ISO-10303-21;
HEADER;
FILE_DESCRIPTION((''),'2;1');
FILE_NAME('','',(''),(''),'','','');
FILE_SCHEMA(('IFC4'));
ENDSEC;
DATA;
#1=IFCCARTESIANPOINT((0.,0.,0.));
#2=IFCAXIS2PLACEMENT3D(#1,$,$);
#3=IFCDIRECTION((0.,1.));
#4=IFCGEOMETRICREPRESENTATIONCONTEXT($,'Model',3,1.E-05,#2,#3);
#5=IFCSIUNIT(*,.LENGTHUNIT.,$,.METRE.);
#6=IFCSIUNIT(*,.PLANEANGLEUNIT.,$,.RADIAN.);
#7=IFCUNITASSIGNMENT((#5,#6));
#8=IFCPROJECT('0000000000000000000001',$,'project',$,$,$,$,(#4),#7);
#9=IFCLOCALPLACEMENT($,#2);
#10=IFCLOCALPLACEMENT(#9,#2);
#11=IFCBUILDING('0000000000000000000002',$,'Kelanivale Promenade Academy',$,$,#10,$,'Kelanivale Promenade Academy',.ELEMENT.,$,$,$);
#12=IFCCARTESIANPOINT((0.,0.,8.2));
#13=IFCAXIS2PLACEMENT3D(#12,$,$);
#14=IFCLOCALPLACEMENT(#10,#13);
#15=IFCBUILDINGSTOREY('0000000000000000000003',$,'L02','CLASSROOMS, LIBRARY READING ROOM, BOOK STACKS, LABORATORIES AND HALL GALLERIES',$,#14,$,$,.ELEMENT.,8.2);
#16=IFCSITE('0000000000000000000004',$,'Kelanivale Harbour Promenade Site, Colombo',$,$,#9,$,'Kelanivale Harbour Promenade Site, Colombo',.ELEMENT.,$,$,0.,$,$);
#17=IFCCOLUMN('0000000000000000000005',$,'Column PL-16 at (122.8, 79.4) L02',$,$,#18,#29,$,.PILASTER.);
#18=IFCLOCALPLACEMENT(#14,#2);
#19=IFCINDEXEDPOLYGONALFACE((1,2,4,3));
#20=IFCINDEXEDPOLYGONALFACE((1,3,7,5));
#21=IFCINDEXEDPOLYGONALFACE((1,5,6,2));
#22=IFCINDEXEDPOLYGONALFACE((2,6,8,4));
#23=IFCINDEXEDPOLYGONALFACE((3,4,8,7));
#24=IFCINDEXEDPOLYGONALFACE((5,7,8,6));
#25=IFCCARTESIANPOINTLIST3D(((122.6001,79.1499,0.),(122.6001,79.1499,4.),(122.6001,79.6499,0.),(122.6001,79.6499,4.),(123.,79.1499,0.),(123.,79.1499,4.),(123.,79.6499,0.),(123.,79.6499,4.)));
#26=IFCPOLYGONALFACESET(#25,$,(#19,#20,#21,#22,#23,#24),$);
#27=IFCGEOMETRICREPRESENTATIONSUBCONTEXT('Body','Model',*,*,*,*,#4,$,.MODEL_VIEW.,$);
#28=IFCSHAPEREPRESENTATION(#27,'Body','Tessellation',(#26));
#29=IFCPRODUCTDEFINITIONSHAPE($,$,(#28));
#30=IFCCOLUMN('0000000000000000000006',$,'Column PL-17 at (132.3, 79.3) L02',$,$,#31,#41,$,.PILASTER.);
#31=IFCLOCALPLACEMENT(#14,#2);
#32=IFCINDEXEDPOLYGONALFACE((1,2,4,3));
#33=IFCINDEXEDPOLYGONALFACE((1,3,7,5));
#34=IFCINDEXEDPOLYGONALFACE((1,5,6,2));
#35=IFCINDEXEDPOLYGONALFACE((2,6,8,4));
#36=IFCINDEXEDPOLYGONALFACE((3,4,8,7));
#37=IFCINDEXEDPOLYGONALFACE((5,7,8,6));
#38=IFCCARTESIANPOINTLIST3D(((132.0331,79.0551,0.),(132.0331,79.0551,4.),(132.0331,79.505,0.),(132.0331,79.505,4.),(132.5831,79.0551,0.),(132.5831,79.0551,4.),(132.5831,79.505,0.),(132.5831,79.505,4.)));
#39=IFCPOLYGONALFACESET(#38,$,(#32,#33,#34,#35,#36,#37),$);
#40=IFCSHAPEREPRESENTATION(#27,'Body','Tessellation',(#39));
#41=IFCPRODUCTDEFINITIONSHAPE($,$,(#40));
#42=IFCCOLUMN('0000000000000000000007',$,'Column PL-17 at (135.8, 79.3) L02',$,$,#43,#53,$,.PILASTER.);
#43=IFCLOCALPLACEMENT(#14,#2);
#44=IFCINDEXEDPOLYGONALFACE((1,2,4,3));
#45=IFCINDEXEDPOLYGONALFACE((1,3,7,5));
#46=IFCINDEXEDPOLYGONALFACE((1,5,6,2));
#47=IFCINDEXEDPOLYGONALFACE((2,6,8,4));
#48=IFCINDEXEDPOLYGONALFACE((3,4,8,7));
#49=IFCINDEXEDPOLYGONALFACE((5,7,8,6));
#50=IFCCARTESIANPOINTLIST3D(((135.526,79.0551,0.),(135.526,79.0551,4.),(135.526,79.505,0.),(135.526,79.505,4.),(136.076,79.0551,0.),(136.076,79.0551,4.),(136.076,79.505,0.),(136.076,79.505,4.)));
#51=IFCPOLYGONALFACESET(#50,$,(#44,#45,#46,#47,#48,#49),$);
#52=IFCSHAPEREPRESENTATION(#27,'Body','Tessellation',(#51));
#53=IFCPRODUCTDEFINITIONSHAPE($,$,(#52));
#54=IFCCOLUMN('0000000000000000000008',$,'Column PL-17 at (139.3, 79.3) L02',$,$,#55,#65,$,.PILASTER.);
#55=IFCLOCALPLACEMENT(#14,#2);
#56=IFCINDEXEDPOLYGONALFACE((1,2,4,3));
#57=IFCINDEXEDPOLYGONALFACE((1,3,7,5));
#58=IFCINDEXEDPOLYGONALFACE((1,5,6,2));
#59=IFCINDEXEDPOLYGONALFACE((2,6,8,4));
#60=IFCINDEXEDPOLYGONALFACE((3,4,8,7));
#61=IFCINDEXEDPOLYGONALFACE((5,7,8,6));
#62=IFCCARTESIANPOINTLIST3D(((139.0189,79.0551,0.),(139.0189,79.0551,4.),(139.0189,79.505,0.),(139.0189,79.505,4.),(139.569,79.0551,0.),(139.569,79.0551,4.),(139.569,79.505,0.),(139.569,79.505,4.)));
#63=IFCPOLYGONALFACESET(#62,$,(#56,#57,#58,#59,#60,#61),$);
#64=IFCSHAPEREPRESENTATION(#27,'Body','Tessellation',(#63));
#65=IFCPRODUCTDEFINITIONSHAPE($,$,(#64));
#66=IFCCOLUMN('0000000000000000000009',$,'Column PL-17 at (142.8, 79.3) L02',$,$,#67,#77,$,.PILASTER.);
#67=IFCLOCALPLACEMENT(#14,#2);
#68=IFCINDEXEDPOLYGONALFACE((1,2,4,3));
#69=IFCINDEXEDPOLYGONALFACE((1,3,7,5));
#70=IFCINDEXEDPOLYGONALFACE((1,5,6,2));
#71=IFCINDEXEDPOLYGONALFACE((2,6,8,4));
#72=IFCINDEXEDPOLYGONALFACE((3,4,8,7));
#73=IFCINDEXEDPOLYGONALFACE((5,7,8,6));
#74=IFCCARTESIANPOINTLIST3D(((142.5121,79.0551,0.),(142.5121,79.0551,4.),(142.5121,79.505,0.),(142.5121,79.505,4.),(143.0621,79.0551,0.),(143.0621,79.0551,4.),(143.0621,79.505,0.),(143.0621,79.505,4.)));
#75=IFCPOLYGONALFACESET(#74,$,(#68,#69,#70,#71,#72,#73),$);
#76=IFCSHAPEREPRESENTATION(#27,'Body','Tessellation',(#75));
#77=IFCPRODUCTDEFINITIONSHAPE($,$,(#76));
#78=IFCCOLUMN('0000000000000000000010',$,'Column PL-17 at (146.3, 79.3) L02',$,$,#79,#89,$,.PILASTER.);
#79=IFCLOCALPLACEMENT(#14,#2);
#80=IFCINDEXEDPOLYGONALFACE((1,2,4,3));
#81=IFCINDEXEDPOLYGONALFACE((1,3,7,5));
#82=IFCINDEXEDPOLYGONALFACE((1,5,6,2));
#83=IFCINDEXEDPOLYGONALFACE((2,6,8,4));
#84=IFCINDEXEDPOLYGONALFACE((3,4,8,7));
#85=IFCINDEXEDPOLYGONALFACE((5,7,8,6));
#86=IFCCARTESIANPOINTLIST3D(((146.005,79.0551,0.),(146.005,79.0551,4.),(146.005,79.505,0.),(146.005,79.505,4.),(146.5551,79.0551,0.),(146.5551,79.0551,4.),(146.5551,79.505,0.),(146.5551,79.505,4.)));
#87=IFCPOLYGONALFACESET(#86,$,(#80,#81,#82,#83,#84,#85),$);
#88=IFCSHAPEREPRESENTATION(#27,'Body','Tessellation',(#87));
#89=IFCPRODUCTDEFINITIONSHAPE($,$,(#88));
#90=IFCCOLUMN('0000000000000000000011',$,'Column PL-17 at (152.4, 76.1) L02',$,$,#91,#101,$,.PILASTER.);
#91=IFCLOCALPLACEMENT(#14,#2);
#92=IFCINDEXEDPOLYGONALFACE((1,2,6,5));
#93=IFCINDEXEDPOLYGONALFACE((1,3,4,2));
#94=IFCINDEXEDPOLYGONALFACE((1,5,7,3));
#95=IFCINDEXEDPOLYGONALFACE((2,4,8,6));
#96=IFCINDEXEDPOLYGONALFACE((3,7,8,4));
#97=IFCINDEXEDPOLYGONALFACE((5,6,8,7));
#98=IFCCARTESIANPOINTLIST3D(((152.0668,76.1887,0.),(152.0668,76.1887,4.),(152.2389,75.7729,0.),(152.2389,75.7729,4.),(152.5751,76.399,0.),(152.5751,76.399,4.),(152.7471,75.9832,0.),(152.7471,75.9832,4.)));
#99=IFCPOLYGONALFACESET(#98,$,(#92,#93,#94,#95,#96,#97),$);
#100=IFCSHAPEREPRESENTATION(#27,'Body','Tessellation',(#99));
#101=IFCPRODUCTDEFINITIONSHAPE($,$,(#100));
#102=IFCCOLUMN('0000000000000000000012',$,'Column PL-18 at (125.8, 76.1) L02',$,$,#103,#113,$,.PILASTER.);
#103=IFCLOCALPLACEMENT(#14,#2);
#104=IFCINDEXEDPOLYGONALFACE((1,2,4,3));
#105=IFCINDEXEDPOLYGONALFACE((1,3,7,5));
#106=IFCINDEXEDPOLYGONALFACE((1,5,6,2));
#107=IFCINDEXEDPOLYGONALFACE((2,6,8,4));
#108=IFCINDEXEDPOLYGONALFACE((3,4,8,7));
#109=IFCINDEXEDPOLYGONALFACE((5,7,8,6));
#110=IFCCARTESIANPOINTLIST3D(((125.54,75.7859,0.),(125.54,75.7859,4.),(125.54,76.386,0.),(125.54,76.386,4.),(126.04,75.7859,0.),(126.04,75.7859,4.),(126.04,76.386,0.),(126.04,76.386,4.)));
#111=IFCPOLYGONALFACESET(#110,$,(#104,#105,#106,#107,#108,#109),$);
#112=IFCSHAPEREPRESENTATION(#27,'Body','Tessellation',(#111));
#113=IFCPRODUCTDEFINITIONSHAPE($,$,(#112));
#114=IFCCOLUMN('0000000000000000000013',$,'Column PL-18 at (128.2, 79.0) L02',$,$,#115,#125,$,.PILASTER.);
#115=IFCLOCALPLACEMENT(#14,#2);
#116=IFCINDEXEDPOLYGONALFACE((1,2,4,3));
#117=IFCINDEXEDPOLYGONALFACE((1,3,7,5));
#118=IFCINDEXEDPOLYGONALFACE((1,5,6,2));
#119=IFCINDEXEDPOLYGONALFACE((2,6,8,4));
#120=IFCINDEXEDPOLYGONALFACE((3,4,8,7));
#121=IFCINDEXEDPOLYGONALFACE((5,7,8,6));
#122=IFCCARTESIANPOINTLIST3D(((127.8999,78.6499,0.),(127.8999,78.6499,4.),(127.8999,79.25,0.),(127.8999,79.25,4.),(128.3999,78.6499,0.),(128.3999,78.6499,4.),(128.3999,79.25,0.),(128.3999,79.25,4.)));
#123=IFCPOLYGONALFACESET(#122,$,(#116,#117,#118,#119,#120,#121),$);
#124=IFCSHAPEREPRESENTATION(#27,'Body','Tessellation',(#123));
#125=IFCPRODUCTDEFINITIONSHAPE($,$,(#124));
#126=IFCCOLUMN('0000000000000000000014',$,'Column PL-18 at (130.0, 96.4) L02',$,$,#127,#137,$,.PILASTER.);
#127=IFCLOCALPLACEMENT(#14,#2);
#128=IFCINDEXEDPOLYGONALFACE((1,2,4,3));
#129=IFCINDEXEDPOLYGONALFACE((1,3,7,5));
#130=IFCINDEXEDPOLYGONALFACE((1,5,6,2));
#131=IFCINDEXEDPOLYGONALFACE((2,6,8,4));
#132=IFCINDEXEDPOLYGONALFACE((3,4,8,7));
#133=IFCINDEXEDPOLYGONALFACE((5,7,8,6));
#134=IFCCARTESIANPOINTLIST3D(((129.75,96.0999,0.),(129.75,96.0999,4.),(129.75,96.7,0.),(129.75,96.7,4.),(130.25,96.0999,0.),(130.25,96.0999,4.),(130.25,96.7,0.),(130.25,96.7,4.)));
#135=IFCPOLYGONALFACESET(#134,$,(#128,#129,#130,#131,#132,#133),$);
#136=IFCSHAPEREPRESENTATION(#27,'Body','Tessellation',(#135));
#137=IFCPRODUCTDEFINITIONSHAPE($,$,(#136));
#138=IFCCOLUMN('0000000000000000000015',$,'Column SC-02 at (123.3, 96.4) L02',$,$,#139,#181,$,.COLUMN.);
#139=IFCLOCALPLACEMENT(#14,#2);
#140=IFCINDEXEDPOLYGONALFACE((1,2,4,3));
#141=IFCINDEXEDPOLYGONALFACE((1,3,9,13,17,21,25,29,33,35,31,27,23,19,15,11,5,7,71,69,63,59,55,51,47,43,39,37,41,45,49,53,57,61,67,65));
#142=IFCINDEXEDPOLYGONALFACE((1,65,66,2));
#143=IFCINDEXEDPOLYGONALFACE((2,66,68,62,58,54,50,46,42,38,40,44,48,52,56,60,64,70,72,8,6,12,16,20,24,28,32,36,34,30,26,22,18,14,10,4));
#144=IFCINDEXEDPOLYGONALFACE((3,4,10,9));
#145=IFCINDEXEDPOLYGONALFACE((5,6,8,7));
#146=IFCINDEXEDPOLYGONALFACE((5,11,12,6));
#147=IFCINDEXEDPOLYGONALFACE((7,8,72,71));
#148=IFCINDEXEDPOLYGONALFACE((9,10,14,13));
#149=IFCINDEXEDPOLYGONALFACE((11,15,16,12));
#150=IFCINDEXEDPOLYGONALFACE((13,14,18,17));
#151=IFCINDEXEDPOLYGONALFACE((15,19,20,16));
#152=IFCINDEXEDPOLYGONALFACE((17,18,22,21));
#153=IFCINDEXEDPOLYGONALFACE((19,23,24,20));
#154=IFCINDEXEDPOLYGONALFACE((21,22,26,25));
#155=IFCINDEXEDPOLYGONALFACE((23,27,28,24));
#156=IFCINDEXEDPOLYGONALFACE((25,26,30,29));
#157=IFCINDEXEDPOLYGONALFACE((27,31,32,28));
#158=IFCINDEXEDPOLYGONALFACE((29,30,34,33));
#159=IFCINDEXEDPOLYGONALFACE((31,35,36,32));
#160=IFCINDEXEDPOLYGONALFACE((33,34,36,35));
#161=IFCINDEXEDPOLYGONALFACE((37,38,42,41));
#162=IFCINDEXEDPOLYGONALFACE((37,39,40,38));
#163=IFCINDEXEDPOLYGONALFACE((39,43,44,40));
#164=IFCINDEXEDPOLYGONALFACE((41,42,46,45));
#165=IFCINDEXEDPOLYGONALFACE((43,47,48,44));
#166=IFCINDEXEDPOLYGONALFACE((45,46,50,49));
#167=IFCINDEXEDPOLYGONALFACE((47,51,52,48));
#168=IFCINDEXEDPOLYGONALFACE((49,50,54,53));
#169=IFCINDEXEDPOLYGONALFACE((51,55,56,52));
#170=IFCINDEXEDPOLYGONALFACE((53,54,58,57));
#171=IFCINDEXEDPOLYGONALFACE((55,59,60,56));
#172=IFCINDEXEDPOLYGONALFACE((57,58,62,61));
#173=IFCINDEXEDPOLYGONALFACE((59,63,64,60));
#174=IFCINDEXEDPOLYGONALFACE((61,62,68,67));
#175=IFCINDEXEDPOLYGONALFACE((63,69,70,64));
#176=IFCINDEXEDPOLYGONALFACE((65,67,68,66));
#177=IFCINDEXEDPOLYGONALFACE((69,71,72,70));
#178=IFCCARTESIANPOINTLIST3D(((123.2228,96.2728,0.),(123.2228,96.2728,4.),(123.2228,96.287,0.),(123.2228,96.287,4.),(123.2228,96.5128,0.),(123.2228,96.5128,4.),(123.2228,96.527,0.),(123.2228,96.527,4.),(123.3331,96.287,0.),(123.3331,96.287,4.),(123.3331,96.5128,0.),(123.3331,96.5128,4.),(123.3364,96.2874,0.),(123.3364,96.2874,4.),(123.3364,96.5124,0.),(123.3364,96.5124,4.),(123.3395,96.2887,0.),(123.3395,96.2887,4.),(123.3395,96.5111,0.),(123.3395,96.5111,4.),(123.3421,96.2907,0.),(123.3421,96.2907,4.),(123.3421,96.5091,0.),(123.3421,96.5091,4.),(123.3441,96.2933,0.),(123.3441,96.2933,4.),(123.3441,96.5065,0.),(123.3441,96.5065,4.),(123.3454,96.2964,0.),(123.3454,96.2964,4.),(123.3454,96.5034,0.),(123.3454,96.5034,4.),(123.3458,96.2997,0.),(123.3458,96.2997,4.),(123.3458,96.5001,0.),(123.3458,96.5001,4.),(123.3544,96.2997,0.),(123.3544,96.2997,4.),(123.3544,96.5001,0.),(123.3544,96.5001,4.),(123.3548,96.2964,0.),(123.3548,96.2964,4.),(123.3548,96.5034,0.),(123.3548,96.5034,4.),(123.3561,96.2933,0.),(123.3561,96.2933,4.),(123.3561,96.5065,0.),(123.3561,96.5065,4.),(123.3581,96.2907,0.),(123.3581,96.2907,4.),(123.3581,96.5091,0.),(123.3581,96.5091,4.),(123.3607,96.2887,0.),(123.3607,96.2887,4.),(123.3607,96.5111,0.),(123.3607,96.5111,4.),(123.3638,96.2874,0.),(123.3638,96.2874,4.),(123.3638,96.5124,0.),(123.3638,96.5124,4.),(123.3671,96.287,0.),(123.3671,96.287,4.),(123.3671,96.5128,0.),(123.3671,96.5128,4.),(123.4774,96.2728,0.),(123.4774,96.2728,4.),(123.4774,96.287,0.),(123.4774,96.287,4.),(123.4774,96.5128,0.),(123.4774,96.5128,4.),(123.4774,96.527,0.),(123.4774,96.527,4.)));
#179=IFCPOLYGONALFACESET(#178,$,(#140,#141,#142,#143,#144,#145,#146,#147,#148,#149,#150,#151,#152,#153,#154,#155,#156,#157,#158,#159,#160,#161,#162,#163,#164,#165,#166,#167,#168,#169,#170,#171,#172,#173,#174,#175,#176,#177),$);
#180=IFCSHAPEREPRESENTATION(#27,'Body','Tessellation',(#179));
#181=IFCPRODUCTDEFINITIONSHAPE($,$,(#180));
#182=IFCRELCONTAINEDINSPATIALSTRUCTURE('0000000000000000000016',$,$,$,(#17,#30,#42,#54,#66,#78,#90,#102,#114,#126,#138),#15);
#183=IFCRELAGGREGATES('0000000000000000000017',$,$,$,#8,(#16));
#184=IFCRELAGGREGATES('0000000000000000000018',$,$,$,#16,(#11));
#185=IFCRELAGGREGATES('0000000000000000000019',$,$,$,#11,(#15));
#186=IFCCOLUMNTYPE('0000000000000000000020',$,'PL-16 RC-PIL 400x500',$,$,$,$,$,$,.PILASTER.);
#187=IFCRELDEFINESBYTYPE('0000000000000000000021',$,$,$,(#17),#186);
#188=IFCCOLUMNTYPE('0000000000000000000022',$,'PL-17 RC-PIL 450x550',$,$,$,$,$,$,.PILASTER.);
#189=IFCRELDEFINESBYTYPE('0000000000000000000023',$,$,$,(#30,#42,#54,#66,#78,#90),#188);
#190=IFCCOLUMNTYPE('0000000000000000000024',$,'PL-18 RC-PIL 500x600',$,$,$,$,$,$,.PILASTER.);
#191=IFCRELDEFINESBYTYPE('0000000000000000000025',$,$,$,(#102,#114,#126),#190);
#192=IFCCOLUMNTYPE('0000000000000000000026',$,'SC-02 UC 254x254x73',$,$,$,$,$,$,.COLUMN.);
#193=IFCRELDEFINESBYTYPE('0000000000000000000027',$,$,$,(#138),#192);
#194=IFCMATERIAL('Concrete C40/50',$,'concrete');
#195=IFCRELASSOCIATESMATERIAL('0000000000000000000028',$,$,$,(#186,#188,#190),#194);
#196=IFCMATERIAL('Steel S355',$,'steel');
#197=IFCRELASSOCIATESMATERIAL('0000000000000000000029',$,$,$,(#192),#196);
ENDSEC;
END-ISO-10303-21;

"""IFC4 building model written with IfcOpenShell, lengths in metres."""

from ifc_helpers import new_model, si_unit, direction, frame, origin, origin_2d, place, context, subcontext, project, spatial, rectangle, i_section, extrude, material, material_profile, profile_set, type_object, element, save


model = new_model("IFC4")

# Units and contexts
model_context = context("Model", 3, precision=1e-05, world=origin(), true_north=direction((0.0, 1.0)))
body_context = subcontext(model_context, "Body", "Model", "MODEL_VIEW")
ifc_project = project(units=[si_unit("LENGTHUNIT", "METRE"), si_unit("PLANEANGLEUNIT", "RADIAN")], contexts=[model_context])

# Site, building, storey
site_placement = place(None, origin())
site = spatial("IfcSite", under=ifc_project, at=site_placement, Name="Kelanivale Harbour Promenade Site, Colombo", LongName="Kelanivale Harbour Promenade Site, Colombo", CompositionType="ELEMENT", RefElevation=0.0)
building_placement = place(site_placement, origin())
building = spatial("IfcBuilding", under=site, at=building_placement, Name="Kelanivale Promenade Academy", LongName="Kelanivale Promenade Academy", CompositionType="ELEMENT")
storey_placement = place(building_placement, frame((0.0, 0.0, 8.2)))
storey = spatial("IfcBuildingStorey", under=building, at=storey_placement, Name="L02", Description="CLASSROOMS, LIBRARY READING ROOM, BOOK STACKS, LABORATORIES AND HALL GALLERIES", CompositionType="ELEMENT", Elevation=8.2)

# Columns
ifc_material_1 = material(Name="Concrete C40/50", Category="concrete")
ifc_material_profile_1 = material_profile(ifc_material_1, rectangle(XDim=0.3999, YDim=0.5, at=origin_2d()), Name="RC-PIL 400x500")
ifc_profile_set_1 = profile_set([ifc_material_profile_1], Name="Concrete C40/50")
column_type_1 = type_object("IfcColumnType", Name="PL-16 RC-PIL 400x500", PredefinedType="PILASTER", material=ifc_profile_set_1)
column_1_placement = place(storey_placement, frame((122.8, 79.3999, 0.0), z_axis=(0.0, 0.0, 1.0), x_axis=(1.0, 0.0, 0.0)))
element("IfcColumn", 1, at=column_1_placement, inside=storey, type_object=column_type_1, Name="Column PL-16 at (122.8, 79.4) L02", PredefinedType="PILASTER", context=body_context, shape_type="SweptSolid", body=[
    extrude(rectangle(XDim=0.3999, YDim=0.5, at=origin_2d()), origin(), (0.0, 0.0, 1.0), 4.0),
])
ifc_material_profile_2 = material_profile(ifc_material_1, rectangle(XDim=0.45, YDim=0.55, at=origin_2d()), Name="RC-PIL 450x550")
ifc_profile_set_2 = profile_set([ifc_material_profile_2], Name="Concrete C40/50")
column_type_2 = type_object("IfcColumnType", Name="PL-17 RC-PIL 450x550", PredefinedType="PILASTER", material=ifc_profile_set_2)
for number, where, z_axis, x_axis, name in (
    (2, (132.3081, 79.28, 0.0), (0.0, 0.0, 1.0), (0.0, 1.0, 0.0), "Column PL-17 at (132.3, 79.3) L02"),
    (3, (135.801, 79.28, 0.0), (0.0, 0.0, 1.0), (0.0, 1.0, 0.0), "Column PL-17 at (135.8, 79.3) L02"),
    (4, (139.2939, 79.28, 0.0), (0.0, 0.0, 1.0), (0.0, 1.0, 0.0), "Column PL-17 at (139.3, 79.3) L02"),
    (5, (142.7871, 79.28, 0.0), (0.0, 0.0, 1.0), (0.0, 1.0, 0.0), "Column PL-17 at (142.8, 79.3) L02"),
    (6, (146.28, 79.28, 0.0), (0.0, 0.0, 1.0), (0.0, 1.0, 0.0), "Column PL-17 at (146.3, 79.3) L02"),
    (7, (152.407, 76.0859, 0.0), (0.0, 0.0, 1.0), (-0.382361, 0.924013, 0.0), "Column PL-17 at (152.4, 76.1) L02"),
):
    element("IfcColumn", number, at=place(storey_placement, frame(where, z_axis=z_axis, x_axis=x_axis)), inside=storey, type_object=column_type_2, Name=name, PredefinedType="PILASTER", context=body_context, shape_type="SweptSolid", body=[
        extrude(rectangle(XDim=0.45, YDim=0.55, at=origin_2d()), origin(), (0.0, 0.0, 1.0), 4.0),
    ])
ifc_material_profile_3 = material_profile(ifc_material_1, rectangle(XDim=0.5, YDim=0.6001, at=origin_2d()), Name="RC-PIL 500x600")
ifc_profile_set_3 = profile_set([ifc_material_profile_3], Name="Concrete C40/50")
column_type_3 = type_object("IfcColumnType", Name="PL-18 RC-PIL 500x600", PredefinedType="PILASTER", material=ifc_profile_set_3)
for number, where, z_axis, x_axis, name in (
    (8, (125.79, 76.0859, 0.0), (0.0, 0.0, 1.0), (1.0, 0.0, 0.0), "Column PL-18 at (125.8, 76.1) L02"),
    (9, (128.1499, 78.95, 0.0), (0.0, 0.0, 1.0), (1.0, 0.0, 0.0), "Column PL-18 at (128.2, 79.0) L02"),
    (10, (130.0, 96.3999, 0.0), (0.0, 0.0, 1.0), (1.0, 0.0, 0.0), "Column PL-18 at (130.0, 96.4) L02"),
):
    element("IfcColumn", number, at=place(storey_placement, frame(where, z_axis=z_axis, x_axis=x_axis)), inside=storey, type_object=column_type_3, Name=name, PredefinedType="PILASTER", context=body_context, shape_type="SweptSolid", body=[
        extrude(rectangle(XDim=0.5, YDim=0.6001, at=origin_2d()), origin(), (0.0, 0.0, 1.0), 4.0),
    ])
ifc_material_2 = material(Name="Steel S355", Category="steel")
ifc_material_profile_4 = material_profile(ifc_material_2, i_section(OverallWidth=0.2546, OverallDepth=0.2542, WebThickness=0.0085, FlangeThickness=0.0142, FilletRadius=0.0127, at=origin_2d()), Name="UC 254x254x73")
ifc_profile_set_4 = profile_set([ifc_material_profile_4], Name="Steel S355")
column_type_4 = type_object("IfcColumnType", Name="SC-02 UC 254x254x73", PredefinedType="COLUMN", material=ifc_profile_set_4)
column_2_placement = place(storey_placement, frame((123.3501, 96.3999, 0.0), z_axis=(0.0, 0.0, 1.0), x_axis=(1.0, 0.0, 0.0)))
element("IfcColumn", 11, at=column_2_placement, inside=storey, type_object=column_type_4, Name="Column SC-02 at (123.3, 96.4) L02", PredefinedType="COLUMN", context=body_context, shape_type="SweptSolid", body=[
    extrude(i_section(OverallWidth=0.2546, OverallDepth=0.2542, WebThickness=0.0085, FlangeThickness=0.0142, FilletRadius=0.0127, at=origin_2d()), origin(), (0.0, 0.0, 1.0), 4.0),
])

save(model, "model.ifc")
